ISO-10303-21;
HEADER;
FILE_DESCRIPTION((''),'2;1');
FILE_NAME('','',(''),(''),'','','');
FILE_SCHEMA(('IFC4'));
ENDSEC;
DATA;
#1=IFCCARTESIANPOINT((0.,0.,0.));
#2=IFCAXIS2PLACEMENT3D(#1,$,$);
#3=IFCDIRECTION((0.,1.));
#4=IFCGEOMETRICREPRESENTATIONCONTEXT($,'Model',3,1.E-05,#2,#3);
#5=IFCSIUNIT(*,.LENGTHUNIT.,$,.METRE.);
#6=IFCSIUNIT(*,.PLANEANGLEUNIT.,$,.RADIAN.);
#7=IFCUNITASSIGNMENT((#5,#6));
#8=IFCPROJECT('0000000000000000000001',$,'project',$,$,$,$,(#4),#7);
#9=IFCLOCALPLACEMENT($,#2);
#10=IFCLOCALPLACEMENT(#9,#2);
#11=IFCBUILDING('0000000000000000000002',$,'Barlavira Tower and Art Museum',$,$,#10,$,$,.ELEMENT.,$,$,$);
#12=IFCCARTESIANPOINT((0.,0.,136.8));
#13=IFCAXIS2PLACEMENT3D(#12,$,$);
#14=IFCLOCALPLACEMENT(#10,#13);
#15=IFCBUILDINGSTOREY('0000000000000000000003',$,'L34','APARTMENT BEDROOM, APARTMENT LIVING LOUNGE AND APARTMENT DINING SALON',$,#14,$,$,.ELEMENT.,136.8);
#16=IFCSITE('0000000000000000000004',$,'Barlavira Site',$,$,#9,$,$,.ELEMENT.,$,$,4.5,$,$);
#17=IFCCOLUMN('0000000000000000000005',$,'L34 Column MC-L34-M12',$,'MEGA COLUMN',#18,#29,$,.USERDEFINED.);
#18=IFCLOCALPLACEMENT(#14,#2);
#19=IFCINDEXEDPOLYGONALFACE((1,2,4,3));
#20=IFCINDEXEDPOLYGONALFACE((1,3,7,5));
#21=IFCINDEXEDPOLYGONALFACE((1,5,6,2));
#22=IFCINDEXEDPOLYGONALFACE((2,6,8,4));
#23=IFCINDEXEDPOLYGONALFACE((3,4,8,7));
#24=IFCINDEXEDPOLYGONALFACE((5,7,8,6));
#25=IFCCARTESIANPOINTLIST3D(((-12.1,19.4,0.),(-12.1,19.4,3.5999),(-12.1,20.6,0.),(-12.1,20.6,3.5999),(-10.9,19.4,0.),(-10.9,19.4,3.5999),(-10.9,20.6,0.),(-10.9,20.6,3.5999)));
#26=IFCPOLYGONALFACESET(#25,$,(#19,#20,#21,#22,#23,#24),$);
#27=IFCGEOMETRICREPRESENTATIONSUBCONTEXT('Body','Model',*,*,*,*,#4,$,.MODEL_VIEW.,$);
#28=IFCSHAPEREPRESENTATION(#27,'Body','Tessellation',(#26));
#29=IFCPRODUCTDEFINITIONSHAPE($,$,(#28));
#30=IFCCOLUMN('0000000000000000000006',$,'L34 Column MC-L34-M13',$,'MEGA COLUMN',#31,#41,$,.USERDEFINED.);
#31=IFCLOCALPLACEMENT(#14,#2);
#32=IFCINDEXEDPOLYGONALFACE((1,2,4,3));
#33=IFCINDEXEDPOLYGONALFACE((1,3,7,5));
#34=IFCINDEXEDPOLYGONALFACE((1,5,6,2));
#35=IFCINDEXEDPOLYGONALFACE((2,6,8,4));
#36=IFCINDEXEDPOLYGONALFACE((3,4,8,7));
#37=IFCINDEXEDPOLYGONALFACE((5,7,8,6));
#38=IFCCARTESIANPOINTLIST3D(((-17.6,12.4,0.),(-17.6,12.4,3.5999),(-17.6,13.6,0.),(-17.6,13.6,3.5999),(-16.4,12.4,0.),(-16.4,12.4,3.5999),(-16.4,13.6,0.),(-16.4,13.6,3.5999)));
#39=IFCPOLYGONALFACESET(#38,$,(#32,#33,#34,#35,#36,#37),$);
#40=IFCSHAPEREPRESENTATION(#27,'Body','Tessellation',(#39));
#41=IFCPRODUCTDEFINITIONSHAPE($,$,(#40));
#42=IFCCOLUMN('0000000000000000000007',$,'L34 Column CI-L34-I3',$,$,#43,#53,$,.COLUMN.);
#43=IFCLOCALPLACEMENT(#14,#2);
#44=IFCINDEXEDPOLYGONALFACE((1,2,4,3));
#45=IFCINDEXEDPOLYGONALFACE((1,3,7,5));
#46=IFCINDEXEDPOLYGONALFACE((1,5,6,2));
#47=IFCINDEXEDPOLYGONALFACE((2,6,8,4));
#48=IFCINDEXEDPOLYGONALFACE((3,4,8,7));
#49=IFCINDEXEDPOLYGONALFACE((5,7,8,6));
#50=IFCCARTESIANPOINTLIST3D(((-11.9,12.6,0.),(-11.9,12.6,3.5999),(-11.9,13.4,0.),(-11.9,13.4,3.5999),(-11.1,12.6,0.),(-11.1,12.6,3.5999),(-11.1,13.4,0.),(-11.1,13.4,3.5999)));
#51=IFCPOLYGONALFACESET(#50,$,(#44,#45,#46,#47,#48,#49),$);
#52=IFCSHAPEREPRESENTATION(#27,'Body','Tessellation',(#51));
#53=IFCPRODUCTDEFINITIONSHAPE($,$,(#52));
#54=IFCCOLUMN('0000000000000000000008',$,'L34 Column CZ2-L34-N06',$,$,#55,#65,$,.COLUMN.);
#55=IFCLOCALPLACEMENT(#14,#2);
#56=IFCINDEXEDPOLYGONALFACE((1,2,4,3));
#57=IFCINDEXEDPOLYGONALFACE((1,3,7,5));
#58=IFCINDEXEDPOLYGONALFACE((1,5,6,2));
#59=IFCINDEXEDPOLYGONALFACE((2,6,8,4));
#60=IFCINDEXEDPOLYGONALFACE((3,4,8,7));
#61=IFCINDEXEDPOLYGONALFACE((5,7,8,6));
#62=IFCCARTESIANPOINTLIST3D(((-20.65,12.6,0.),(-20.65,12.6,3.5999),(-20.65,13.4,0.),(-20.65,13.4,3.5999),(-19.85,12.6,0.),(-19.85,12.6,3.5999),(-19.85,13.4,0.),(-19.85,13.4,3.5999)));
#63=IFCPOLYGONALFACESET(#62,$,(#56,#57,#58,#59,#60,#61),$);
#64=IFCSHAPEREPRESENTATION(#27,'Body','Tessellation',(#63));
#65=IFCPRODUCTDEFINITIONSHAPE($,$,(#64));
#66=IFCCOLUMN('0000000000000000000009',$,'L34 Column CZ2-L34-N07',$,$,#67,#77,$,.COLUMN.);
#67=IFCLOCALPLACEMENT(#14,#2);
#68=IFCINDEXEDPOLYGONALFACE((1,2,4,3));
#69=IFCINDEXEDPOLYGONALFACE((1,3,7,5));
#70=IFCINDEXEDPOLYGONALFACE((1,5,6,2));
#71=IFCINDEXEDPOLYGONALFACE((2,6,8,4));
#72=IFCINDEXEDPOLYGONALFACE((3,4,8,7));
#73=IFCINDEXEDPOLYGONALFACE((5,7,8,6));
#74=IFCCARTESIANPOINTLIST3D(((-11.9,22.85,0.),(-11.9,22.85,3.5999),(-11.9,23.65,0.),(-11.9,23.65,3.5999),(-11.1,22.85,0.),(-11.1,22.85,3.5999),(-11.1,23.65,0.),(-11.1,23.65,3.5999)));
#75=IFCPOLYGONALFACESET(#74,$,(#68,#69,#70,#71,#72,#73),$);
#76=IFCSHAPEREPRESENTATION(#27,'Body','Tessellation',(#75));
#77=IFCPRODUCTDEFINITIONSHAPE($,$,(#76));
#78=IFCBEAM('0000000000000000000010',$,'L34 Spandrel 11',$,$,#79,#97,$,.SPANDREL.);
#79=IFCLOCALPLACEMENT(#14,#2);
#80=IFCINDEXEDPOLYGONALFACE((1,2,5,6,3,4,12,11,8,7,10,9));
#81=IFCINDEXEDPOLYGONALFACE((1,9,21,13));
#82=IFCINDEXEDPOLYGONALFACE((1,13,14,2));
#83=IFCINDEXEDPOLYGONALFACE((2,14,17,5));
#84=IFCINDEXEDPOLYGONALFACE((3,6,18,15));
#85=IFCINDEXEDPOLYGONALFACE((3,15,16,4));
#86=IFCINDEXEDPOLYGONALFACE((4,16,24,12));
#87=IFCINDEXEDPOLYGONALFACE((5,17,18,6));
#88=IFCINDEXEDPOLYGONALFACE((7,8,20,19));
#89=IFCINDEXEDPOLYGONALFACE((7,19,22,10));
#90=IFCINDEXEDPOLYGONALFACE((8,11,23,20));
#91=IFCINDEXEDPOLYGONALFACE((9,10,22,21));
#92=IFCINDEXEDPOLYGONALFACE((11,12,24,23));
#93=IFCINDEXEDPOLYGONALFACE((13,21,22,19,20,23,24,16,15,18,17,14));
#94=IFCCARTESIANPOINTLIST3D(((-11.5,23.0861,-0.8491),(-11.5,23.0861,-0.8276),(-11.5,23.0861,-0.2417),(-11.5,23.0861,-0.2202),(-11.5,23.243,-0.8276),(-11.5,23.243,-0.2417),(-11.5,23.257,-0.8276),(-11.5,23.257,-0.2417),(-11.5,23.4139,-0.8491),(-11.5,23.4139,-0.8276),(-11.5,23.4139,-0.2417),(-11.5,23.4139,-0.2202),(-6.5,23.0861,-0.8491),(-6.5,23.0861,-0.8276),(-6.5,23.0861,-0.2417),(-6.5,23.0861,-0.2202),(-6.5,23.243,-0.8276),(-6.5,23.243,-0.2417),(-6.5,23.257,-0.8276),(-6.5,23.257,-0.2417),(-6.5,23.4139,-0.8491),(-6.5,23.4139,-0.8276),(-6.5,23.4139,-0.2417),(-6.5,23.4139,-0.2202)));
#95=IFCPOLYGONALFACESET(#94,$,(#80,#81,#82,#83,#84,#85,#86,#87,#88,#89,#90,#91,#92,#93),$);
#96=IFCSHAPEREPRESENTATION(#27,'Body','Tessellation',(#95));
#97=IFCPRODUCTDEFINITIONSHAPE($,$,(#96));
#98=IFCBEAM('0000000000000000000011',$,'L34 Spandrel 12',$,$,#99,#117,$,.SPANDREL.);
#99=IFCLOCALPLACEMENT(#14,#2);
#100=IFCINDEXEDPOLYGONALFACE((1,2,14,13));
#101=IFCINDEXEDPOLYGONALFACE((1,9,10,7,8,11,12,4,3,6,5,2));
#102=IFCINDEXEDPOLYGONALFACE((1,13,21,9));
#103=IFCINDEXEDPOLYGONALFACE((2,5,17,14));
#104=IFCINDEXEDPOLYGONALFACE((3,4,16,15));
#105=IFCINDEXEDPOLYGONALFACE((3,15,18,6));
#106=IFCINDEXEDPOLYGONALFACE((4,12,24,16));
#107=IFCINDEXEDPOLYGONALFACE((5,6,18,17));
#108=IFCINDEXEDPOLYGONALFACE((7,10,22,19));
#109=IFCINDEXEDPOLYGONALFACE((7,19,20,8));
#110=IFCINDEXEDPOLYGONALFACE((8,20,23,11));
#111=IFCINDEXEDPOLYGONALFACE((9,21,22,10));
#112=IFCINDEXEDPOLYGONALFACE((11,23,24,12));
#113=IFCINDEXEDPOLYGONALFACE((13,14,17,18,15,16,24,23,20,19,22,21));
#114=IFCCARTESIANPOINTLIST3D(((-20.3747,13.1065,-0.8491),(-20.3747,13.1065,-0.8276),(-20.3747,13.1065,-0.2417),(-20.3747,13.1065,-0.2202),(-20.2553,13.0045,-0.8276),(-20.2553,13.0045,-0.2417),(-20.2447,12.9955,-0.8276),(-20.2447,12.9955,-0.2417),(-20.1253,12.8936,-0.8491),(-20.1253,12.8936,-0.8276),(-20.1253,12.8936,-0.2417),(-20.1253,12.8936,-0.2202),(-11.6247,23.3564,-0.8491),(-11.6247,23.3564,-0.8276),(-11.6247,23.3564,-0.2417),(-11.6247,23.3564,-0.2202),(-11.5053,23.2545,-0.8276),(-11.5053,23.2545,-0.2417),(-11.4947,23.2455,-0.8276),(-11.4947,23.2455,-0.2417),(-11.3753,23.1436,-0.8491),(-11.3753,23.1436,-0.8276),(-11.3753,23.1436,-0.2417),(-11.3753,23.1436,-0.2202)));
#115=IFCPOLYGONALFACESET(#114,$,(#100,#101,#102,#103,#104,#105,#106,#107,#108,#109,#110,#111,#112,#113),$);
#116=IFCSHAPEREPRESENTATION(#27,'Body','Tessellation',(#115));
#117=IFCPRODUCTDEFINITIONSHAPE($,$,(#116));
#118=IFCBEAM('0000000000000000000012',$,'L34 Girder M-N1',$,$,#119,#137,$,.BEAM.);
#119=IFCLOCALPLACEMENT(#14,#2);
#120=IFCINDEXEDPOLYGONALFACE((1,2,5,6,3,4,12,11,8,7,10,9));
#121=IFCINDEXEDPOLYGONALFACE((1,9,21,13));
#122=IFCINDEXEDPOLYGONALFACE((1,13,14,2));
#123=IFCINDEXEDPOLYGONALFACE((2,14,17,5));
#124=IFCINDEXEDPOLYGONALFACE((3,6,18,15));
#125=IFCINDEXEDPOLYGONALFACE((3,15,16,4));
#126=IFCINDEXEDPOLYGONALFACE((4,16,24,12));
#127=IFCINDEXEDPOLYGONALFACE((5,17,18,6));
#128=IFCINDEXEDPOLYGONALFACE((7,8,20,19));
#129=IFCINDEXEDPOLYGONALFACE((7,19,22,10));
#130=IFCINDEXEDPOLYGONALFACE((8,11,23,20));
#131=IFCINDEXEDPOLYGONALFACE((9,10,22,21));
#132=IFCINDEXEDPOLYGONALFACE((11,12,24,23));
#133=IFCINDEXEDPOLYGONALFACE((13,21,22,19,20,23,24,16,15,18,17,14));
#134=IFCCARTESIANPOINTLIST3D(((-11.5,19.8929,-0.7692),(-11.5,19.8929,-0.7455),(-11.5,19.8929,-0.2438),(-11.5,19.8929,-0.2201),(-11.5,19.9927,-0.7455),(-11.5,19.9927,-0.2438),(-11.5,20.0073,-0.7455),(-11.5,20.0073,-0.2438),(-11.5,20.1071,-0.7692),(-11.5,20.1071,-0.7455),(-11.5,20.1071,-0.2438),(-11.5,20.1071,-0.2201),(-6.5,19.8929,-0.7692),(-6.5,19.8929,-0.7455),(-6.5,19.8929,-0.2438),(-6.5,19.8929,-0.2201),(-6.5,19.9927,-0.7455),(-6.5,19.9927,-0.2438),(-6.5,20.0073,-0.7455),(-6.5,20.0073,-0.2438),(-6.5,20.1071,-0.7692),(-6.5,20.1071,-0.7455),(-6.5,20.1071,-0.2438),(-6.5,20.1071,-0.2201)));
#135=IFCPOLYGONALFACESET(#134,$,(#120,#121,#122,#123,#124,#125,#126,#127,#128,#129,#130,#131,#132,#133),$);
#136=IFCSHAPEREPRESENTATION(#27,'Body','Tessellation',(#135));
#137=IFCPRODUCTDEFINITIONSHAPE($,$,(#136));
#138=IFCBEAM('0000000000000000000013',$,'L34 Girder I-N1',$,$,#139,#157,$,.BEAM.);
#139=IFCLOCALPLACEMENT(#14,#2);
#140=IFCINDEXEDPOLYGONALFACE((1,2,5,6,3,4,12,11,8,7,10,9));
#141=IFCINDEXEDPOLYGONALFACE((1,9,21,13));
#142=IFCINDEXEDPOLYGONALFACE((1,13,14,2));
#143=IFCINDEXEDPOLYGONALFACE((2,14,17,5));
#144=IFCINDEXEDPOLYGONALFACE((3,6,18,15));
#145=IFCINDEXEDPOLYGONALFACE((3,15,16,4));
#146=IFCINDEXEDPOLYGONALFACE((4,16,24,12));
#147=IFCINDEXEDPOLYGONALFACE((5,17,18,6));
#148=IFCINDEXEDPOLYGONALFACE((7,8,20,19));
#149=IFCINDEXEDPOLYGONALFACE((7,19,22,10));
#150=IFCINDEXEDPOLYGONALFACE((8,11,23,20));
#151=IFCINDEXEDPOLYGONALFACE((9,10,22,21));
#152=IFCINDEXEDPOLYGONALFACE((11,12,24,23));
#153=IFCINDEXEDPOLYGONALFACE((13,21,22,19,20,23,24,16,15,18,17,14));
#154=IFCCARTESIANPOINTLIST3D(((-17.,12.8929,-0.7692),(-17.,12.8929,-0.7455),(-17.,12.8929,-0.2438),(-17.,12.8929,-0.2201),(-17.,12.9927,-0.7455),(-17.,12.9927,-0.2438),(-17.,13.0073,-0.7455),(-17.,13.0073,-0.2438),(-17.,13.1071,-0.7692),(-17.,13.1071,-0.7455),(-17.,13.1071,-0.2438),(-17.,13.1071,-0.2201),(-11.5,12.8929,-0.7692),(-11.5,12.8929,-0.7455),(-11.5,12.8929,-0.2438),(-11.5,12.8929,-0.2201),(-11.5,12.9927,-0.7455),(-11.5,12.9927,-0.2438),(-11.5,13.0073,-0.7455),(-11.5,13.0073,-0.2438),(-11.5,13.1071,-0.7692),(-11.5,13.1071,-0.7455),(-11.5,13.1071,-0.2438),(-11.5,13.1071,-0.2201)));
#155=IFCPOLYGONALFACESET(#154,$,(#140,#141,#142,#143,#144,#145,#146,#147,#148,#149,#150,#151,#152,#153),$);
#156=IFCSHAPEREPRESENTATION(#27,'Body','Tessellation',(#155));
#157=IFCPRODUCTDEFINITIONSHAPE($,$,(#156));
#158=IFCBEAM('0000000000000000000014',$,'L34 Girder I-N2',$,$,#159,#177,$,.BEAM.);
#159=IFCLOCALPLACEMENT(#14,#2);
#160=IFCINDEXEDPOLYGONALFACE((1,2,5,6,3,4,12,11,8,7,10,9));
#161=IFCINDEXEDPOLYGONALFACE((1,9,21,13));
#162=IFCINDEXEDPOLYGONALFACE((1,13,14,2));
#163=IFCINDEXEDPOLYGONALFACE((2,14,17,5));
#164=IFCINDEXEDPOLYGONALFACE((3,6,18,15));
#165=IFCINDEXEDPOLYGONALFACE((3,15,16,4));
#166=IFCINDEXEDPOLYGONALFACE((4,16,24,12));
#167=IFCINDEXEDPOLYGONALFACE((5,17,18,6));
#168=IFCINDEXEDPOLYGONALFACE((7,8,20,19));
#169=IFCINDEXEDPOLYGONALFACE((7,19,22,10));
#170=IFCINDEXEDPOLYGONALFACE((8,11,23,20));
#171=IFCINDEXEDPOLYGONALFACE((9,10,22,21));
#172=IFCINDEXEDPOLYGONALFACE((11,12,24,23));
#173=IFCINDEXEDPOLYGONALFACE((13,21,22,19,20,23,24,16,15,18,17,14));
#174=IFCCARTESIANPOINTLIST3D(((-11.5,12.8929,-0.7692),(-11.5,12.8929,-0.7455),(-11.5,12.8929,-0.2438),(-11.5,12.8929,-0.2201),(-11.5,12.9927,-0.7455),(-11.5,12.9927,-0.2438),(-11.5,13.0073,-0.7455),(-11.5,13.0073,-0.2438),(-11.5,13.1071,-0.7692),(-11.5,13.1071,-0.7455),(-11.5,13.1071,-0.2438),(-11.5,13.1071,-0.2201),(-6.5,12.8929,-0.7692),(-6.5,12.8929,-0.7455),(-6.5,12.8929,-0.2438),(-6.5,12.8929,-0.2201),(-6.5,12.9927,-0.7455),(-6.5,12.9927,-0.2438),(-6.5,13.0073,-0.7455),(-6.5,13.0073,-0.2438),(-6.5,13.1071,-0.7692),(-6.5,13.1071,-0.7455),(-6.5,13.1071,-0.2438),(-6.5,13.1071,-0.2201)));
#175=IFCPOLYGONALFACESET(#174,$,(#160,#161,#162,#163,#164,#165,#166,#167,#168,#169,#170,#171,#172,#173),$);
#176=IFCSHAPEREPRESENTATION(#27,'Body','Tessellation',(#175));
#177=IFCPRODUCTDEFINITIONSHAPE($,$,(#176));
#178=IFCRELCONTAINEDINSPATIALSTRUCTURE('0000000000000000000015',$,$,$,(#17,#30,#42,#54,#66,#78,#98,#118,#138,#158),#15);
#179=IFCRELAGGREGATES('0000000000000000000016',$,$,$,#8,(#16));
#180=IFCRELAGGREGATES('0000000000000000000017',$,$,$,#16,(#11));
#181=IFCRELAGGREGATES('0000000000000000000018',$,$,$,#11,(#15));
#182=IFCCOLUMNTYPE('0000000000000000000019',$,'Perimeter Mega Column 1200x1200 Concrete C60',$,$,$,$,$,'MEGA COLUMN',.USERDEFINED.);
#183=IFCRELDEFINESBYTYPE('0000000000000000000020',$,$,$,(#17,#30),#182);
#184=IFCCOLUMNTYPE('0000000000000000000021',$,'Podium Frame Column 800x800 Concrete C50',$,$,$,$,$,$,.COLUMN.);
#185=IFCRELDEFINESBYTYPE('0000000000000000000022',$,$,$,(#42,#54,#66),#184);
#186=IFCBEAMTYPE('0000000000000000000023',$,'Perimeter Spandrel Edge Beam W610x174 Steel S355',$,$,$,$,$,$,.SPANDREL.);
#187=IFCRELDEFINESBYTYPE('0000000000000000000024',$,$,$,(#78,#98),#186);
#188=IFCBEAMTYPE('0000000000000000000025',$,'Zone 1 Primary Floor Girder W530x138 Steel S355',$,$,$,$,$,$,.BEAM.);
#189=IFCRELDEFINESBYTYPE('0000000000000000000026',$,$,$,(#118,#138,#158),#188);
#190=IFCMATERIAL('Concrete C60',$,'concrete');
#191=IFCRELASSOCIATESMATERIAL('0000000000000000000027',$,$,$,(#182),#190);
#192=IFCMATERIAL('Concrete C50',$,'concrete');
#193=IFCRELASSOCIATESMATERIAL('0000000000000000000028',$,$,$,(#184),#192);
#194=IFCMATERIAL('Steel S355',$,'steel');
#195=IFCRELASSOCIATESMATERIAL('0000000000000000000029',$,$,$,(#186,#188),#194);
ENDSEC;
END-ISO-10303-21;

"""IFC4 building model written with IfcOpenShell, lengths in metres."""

from ifc_helpers import new_model, si_unit, direction, frame, origin, origin_2d, place, context, subcontext, project, spatial, rectangle, i_section, extrude, material, material_profile, profile_set, type_object, element, save


model = new_model("IFC4")

# Units and contexts
model_context = context("Model", 3, precision=1e-05, world=origin(), true_north=direction((0.0, 1.0)))
body_context = subcontext(model_context, "Body", "Model", "MODEL_VIEW")
ifc_project = project(units=[si_unit("LENGTHUNIT", "METRE"), si_unit("PLANEANGLEUNIT", "RADIAN")], contexts=[model_context])

# Site, building, storey
site_placement = place(None, origin())
site = spatial("IfcSite", under=ifc_project, at=site_placement, Name="Barlavira Site", CompositionType="ELEMENT", RefElevation=4.5)
building_placement = place(site_placement, origin())
building = spatial("IfcBuilding", under=site, at=building_placement, Name="Barlavira Tower and Art Museum", CompositionType="ELEMENT")
storey_placement = place(building_placement, frame((0.0, 0.0, 136.8)))
storey = spatial("IfcBuildingStorey", under=building, at=storey_placement, Name="L34", Description="APARTMENT BEDROOM, APARTMENT LIVING LOUNGE AND APARTMENT DINING SALON", CompositionType="ELEMENT", Elevation=136.8)

# Columns
ifc_material_1 = material(Name="Concrete C60", Category="concrete")
ifc_material_profile_1 = material_profile(ifc_material_1, rectangle(XDim=1.2, YDim=1.2, at=origin_2d()), Name="RC-COL 1200x1200")
ifc_profile_set_1 = profile_set([ifc_material_profile_1], Name="Concrete C60")
column_type_1 = type_object("IfcColumnType", Name="Perimeter Mega Column 1200x1200 Concrete C60", ElementType="MEGA COLUMN", PredefinedType="USERDEFINED", material=ifc_profile_set_1)
for number, where, z_axis, x_axis, name in (
    (1, (-11.5, 20.0, 0.0), (0.0, 0.0, 1.0), (1.0, 0.0, 0.0), "L34 Column MC-L34-M12"),
    (2, (-17.0, 13.0, 0.0), (0.0, 0.0, 1.0), (1.0, 0.0, 0.0), "L34 Column MC-L34-M13"),
):
    element("IfcColumn", number, at=place(storey_placement, frame(where, z_axis=z_axis, x_axis=x_axis)), inside=storey, type_object=column_type_1, Name=name, ObjectType="MEGA COLUMN", PredefinedType="USERDEFINED", context=body_context, shape_type="SweptSolid", body=[
        extrude(rectangle(XDim=1.2, YDim=1.2, at=origin_2d()), origin(), (0.0, 0.0, 1.0), 3.5999),
    ])
ifc_material_2 = material(Name="Concrete C50", Category="concrete")
ifc_material_profile_2 = material_profile(ifc_material_2, rectangle(XDim=0.8, YDim=0.8, at=origin_2d()), Name="RC-COL 800x800")
ifc_profile_set_2 = profile_set([ifc_material_profile_2], Name="Concrete C50")
column_type_2 = type_object("IfcColumnType", Name="Podium Frame Column 800x800 Concrete C50", PredefinedType="COLUMN", material=ifc_profile_set_2)
for number, where, z_axis, x_axis, name in (
    (3, (-11.5, 13.0, 0.0), (0.0, 0.0, 1.0), (1.0, 0.0, 0.0), "L34 Column CI-L34-I3"),
    (4, (-20.25, 13.0, 0.0), (0.0, 0.0, 1.0), (1.0, 0.0, 0.0), "L34 Column CZ2-L34-N06"),
    (5, (-11.5, 23.25, 0.0), (0.0, 0.0, 1.0), (1.0, 0.0, 0.0), "L34 Column CZ2-L34-N07"),
):
    element("IfcColumn", number, at=place(storey_placement, frame(where, z_axis=z_axis, x_axis=x_axis)), inside=storey, type_object=column_type_2, Name=name, PredefinedType="COLUMN", context=body_context, shape_type="SweptSolid", body=[
        extrude(rectangle(XDim=0.8, YDim=0.8, at=origin_2d()), origin(), (0.0, 0.0, 1.0), 3.5999),
    ])

# Beams
ifc_material_3 = material(Name="Steel S355", Category="steel")
ifc_material_profile_3 = material_profile(ifc_material_3, i_section(OverallWidth=0.3279, OverallDepth=0.6289, WebThickness=0.0139, FlangeThickness=0.0215, at=origin_2d()), Name="W610x174.0")
ifc_profile_set_3 = profile_set([ifc_material_profile_3], Name="Steel S355")
beam_type_1 = type_object("IfcBeamType", Name="Perimeter Spandrel Edge Beam W610x174 Steel S355", PredefinedType="SPANDREL", material=ifc_profile_set_3)
beam_1_placement = place(storey_placement, frame((-11.5, 23.25, -0.5347), z_axis=(1.0, 0.0, 0.0), x_axis=(0.0, 1.0, 0.0)))
element("IfcBeam", 6, at=beam_1_placement, inside=storey, type_object=beam_type_1, Name="L34 Spandrel 11", PredefinedType="SPANDREL", context=body_context, shape_type="SweptSolid", body=[
    extrude(i_section(OverallWidth=0.3279, OverallDepth=0.6289, WebThickness=0.0139, FlangeThickness=0.0215, at=origin_2d()), origin(), (0.0, 0.0, 1.0), 5.0),
])
beam_2_placement = place(storey_placement, frame((-11.5, 23.25, -0.5347), z_axis=(-0.649262, -0.760565, 0.0), x_axis=(0.760565, -0.649262, 0.0)))
element("IfcBeam", 7, at=beam_2_placement, inside=storey, type_object=beam_type_1, Name="L34 Spandrel 12", PredefinedType="SPANDREL", context=body_context, shape_type="SweptSolid", body=[
    extrude(i_section(OverallWidth=0.3279, OverallDepth=0.6289, WebThickness=0.0139, FlangeThickness=0.0215, at=origin_2d()), origin(), (0.0, 0.0, 1.0), 13.4768),
])
ifc_material_profile_4 = material_profile(ifc_material_3, i_section(OverallWidth=0.2141, OverallDepth=0.5491, WebThickness=0.0146, FlangeThickness=0.0237, at=origin_2d()), Name="W530x138.0")
ifc_profile_set_4 = profile_set([ifc_material_profile_4], Name="Steel S355")
beam_type_2 = type_object("IfcBeamType", Name="Zone 1 Primary Floor Girder W530x138 Steel S355", PredefinedType="BEAM", material=ifc_profile_set_4)
beam_3_placement = place(storey_placement, frame((-11.5, 20.0, -0.4946), z_axis=(1.0, 0.0, 0.0), x_axis=(0.0, 1.0, 0.0)))
element("IfcBeam", 8, at=beam_3_placement, inside=storey, type_object=beam_type_2, Name="L34 Girder M-N1", PredefinedType="BEAM", context=body_context, shape_type="SweptSolid", body=[
    extrude(i_section(OverallWidth=0.2141, OverallDepth=0.5491, WebThickness=0.0146, FlangeThickness=0.0237, at=origin_2d()), origin(), (0.0, 0.0, 1.0), 5.0),
])
beam_4_placement = place(storey_placement, frame((-17.0, 13.0, -0.4946), z_axis=(1.0, 0.0, 0.0), x_axis=(0.0, 1.0, 0.0)))
element("IfcBeam", 9, at=beam_4_placement, inside=storey, type_object=beam_type_2, Name="L34 Girder I-N1", PredefinedType="BEAM", context=body_context, shape_type="SweptSolid", body=[
    extrude(i_section(OverallWidth=0.2141, OverallDepth=0.5491, WebThickness=0.0146, FlangeThickness=0.0237, at=origin_2d()), origin(), (0.0, 0.0, 1.0), 5.5),
])
beam_5_placement = place(storey_placement, frame((-11.5, 13.0, -0.4946), z_axis=(1.0, 0.0, 0.0), x_axis=(0.0, 1.0, 0.0)))
element("IfcBeam", 10, at=beam_5_placement, inside=storey, type_object=beam_type_2, Name="L34 Girder I-N2", PredefinedType="BEAM", context=body_context, shape_type="SweptSolid", body=[
    extrude(i_section(OverallWidth=0.2141, OverallDepth=0.5491, WebThickness=0.0146, FlangeThickness=0.0237, at=origin_2d()), origin(), (0.0, 0.0, 1.0), 5.0),
])

save(model, "model.ifc")
